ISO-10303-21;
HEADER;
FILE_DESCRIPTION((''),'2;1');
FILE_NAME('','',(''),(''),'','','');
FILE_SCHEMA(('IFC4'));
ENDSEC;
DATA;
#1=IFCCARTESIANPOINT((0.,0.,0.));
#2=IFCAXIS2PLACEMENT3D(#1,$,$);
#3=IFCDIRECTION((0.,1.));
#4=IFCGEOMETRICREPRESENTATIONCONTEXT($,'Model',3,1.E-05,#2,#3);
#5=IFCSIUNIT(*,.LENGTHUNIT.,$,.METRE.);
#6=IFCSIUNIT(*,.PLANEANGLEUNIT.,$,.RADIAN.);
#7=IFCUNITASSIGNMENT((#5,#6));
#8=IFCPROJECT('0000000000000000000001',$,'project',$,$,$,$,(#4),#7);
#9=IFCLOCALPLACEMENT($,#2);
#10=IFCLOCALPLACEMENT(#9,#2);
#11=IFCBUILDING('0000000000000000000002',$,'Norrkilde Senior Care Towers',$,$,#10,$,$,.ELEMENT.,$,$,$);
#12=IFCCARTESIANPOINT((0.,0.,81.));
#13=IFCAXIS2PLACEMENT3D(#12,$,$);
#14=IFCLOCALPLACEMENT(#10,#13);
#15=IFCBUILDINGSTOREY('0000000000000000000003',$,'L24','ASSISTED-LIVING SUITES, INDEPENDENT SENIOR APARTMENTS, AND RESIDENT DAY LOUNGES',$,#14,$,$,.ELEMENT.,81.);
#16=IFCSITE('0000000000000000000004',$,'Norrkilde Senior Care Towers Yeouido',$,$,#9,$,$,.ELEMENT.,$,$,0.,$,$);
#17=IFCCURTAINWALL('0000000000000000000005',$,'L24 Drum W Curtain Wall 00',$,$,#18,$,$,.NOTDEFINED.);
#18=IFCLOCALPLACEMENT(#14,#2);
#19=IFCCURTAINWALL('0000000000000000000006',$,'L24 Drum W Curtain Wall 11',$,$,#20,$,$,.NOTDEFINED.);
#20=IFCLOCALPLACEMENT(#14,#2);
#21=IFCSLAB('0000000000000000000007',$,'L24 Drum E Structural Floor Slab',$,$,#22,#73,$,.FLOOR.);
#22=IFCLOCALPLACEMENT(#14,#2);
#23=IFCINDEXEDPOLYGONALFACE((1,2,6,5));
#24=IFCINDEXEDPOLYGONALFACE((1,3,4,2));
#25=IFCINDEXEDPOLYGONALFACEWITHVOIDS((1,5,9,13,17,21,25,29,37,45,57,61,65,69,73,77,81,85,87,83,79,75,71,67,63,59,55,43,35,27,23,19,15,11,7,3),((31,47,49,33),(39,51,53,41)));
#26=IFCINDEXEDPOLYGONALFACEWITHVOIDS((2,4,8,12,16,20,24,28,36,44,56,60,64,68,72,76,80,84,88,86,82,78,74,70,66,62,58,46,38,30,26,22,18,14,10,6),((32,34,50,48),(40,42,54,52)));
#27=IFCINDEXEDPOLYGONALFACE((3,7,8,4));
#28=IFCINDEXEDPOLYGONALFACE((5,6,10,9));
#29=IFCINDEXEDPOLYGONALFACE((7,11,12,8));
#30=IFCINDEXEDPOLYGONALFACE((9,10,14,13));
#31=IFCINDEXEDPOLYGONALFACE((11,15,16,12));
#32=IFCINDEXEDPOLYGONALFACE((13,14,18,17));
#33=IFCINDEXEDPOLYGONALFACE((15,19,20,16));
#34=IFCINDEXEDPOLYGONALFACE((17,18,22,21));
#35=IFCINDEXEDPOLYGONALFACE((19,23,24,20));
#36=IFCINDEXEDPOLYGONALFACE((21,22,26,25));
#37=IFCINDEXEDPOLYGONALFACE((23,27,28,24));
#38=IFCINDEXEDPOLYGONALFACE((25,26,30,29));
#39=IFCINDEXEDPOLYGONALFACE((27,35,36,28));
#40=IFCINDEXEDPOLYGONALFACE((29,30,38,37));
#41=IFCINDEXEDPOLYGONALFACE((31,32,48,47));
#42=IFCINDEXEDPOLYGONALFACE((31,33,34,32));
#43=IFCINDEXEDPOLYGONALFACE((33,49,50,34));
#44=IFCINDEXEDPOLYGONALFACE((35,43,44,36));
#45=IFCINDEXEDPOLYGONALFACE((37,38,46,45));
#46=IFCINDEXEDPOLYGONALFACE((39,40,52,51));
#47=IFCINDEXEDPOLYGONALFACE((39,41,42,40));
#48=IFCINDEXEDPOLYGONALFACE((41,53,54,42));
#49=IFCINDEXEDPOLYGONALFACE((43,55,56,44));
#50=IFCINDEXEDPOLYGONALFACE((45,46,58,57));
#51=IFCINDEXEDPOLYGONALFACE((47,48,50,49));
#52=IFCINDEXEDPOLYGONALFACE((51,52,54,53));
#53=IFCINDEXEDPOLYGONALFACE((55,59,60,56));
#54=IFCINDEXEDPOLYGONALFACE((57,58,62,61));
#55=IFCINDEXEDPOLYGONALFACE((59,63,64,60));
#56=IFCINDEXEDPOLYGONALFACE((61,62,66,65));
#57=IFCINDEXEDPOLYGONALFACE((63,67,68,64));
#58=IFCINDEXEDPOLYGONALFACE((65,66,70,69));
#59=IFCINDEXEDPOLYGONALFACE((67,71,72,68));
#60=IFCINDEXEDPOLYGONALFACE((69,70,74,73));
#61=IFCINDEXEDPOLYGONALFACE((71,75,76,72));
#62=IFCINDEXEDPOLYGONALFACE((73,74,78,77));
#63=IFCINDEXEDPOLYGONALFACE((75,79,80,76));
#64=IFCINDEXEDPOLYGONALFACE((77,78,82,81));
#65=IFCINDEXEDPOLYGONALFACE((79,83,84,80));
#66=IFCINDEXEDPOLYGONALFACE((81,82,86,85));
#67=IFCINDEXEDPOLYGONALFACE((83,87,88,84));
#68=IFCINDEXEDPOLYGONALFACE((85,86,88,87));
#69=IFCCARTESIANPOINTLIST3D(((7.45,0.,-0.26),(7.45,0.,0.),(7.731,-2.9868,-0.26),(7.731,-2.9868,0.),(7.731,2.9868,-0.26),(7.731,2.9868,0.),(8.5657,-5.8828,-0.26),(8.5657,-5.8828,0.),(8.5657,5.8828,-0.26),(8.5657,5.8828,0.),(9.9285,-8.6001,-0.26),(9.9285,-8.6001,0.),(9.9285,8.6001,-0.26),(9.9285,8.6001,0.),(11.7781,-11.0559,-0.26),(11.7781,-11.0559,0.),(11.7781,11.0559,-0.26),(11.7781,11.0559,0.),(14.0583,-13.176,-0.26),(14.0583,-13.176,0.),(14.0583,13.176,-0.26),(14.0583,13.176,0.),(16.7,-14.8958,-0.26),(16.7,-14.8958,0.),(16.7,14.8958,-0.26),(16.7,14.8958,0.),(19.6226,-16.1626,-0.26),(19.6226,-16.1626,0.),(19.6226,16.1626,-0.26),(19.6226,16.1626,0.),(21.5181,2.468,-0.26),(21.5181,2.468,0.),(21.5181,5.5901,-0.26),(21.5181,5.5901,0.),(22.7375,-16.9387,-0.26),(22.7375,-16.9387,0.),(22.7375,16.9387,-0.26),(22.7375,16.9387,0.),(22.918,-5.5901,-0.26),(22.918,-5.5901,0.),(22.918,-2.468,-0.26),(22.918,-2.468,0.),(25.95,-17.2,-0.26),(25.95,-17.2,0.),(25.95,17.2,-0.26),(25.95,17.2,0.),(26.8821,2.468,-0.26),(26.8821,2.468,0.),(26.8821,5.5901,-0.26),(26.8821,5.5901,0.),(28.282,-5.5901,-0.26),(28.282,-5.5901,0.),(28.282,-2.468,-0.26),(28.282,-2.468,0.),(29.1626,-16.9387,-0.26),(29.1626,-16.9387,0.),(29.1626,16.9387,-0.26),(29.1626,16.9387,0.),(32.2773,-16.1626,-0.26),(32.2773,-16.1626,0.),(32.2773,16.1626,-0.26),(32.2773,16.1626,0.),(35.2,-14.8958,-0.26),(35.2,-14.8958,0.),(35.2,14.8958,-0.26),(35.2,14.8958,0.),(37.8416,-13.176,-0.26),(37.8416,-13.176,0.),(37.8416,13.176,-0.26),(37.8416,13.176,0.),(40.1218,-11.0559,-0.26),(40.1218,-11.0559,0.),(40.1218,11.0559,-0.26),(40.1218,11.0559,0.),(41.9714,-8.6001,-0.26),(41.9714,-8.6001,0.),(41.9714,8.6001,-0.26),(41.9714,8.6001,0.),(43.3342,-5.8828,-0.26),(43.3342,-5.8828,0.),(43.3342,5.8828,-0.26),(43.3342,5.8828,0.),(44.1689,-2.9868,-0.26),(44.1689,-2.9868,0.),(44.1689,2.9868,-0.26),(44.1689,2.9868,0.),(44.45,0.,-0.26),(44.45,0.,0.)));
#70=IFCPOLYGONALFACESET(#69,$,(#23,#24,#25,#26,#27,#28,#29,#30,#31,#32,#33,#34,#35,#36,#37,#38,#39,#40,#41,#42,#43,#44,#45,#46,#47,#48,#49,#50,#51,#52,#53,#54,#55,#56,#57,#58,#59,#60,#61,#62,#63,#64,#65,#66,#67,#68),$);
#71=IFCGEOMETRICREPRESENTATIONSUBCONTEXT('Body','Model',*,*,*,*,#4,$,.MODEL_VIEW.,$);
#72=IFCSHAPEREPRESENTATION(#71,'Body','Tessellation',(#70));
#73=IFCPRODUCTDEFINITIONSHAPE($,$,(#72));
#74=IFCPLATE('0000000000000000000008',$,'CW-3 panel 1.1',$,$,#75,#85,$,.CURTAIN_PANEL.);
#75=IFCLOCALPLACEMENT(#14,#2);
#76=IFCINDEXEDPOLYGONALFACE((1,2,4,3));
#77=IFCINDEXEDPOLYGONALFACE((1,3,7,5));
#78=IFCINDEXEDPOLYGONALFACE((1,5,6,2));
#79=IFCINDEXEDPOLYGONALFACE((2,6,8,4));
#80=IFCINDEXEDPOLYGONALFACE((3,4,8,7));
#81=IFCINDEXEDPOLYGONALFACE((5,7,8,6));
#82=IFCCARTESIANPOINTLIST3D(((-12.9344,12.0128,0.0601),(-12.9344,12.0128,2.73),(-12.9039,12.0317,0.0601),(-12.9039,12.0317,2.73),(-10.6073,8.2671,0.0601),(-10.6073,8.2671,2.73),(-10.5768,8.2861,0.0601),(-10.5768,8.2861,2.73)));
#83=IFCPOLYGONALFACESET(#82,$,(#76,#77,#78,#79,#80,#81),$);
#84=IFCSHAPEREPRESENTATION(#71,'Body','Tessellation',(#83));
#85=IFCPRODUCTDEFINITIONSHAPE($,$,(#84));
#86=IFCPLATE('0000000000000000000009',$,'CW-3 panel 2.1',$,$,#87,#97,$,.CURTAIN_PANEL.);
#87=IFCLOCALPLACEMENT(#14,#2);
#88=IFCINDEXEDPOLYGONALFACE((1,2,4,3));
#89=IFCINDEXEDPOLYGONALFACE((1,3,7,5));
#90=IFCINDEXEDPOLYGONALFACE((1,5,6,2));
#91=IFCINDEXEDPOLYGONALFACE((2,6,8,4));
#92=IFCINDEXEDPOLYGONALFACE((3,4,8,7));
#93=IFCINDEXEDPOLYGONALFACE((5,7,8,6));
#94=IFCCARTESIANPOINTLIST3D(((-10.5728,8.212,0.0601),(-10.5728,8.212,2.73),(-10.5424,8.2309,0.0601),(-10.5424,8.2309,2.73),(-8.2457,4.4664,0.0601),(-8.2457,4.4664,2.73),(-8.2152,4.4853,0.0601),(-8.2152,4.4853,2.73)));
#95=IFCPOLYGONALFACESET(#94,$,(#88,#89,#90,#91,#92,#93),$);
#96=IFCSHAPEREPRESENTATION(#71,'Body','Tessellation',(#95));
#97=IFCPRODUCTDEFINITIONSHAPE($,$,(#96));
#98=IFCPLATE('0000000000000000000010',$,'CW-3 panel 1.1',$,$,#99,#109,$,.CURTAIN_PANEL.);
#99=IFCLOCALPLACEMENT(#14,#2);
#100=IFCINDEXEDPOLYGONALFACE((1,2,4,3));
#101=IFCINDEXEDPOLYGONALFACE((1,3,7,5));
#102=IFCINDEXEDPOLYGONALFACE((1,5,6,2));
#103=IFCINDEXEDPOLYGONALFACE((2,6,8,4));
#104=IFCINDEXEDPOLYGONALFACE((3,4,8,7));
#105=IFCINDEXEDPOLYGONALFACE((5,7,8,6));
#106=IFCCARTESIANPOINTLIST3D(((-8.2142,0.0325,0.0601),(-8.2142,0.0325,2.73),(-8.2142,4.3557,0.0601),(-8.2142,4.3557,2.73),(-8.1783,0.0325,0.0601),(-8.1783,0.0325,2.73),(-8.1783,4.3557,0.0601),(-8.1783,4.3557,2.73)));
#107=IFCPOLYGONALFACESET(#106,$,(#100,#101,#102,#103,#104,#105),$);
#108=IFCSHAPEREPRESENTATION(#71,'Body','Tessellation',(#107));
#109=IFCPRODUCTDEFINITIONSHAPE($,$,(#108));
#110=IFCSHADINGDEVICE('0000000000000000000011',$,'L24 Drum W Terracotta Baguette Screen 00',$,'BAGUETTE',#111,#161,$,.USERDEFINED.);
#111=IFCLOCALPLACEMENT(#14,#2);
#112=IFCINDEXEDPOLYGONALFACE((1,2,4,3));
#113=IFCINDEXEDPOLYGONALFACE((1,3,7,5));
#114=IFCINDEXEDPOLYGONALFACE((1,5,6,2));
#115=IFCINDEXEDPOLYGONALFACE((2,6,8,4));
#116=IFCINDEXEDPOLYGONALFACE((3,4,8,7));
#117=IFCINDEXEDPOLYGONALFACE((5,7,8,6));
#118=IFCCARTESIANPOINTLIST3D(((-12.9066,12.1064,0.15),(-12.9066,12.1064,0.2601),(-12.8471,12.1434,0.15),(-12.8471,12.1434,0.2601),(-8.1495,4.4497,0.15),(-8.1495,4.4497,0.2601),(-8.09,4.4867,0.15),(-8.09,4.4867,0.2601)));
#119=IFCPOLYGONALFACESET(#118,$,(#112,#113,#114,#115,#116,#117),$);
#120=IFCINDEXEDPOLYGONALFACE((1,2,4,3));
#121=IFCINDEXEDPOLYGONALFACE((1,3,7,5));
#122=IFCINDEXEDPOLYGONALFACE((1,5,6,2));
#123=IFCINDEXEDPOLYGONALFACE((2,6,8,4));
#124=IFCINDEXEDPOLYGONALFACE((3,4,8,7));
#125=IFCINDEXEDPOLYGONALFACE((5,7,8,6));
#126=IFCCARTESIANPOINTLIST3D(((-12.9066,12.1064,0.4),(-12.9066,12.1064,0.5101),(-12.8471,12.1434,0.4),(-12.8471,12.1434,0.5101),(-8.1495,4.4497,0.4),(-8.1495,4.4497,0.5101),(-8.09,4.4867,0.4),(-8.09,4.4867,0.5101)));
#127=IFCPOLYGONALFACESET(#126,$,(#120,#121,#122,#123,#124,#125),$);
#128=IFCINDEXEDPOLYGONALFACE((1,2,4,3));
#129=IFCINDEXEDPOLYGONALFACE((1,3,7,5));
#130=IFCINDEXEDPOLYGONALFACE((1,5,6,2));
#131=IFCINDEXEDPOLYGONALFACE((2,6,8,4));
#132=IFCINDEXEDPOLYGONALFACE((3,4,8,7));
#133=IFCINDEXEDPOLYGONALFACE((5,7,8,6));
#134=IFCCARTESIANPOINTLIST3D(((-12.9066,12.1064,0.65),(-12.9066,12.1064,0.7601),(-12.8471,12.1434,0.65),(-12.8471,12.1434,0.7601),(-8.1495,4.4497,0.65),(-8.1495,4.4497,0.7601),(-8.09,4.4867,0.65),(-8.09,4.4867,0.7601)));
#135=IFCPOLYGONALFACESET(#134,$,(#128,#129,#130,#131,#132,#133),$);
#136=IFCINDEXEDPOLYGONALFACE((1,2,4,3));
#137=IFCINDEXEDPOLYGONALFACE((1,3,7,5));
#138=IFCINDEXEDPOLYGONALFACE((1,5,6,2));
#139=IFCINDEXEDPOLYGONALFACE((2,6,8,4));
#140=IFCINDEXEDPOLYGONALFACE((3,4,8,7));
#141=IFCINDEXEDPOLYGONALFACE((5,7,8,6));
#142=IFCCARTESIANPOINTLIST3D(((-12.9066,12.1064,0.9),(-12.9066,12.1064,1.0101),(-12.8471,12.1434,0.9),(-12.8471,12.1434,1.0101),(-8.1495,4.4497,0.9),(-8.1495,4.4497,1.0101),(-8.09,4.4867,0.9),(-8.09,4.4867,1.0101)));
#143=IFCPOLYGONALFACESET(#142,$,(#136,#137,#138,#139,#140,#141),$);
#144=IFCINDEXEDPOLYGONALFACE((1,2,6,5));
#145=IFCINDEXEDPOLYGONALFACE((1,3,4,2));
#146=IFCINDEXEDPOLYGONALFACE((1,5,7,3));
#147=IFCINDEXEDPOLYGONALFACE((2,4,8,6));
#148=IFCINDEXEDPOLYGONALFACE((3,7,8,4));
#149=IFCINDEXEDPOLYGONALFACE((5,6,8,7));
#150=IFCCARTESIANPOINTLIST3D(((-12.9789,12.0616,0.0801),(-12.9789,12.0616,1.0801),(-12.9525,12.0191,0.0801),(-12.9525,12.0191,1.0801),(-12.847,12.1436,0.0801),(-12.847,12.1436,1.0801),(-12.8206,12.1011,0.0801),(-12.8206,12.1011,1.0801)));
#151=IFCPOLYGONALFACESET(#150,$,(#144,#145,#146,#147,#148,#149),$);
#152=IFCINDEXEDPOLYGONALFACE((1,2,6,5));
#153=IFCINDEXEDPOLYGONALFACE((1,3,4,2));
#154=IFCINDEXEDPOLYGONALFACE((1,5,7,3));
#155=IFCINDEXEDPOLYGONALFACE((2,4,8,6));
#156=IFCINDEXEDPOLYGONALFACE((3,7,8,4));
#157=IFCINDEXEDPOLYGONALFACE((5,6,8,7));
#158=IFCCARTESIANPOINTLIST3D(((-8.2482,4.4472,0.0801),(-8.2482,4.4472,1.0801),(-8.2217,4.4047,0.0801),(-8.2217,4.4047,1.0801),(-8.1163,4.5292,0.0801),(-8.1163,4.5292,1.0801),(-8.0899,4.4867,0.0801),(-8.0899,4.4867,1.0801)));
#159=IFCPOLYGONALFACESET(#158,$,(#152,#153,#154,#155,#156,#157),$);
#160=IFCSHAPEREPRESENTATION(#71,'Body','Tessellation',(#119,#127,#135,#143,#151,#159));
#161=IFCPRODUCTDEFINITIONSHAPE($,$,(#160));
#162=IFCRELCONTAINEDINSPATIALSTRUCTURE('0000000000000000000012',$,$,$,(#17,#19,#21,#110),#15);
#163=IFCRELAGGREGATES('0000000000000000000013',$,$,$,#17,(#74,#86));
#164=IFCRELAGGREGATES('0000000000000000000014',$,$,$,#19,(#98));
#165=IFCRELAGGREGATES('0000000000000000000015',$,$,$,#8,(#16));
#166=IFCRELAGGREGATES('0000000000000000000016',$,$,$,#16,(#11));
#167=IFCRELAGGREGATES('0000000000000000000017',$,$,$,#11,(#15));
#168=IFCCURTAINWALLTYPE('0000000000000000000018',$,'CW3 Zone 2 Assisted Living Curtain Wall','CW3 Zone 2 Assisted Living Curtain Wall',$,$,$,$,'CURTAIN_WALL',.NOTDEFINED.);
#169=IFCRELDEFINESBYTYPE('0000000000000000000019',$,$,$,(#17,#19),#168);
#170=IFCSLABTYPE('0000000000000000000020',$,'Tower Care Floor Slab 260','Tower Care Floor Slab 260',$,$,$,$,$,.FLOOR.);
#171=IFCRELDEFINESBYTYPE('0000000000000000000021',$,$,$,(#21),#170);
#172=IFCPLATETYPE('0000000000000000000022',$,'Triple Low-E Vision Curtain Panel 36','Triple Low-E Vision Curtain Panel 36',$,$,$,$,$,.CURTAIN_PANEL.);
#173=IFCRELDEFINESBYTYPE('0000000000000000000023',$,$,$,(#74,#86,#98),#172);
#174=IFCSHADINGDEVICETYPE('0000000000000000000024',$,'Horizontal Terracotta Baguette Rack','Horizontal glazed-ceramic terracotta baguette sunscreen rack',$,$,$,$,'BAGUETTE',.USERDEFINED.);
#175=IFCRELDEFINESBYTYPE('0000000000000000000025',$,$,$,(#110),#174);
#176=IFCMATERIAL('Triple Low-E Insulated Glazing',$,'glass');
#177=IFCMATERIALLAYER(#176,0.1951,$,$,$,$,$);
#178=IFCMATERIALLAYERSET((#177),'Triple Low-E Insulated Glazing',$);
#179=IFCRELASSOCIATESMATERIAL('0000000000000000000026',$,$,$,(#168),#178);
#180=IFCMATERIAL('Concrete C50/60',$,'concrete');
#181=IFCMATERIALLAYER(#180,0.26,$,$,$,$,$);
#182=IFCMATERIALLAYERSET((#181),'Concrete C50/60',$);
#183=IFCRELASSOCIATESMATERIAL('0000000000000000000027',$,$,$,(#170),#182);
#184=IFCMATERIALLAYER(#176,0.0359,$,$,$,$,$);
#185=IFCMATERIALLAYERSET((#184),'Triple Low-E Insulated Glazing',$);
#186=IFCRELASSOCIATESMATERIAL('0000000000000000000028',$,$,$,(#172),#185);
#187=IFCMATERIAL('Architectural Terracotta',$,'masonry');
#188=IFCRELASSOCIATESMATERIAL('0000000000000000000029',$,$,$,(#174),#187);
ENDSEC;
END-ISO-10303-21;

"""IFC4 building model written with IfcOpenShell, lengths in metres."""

from ifc_helpers import new_model, si_unit, direction, frame, origin, origin_2d, place, context, subcontext, project, spatial, polyline, rectangle, outline, extrude, source, transform, mapped, material, layer, layer_set, type_object, type_shapes, element, aggregate, save


model = new_model("IFC4")

# Units and contexts
model_context = context("Model", 3, precision=1e-05, world=origin(), true_north=direction((0.0, 1.0)))
body_context = subcontext(model_context, "Body", "Model", "MODEL_VIEW")
ifc_project = project(units=[si_unit("LENGTHUNIT", "METRE"), si_unit("PLANEANGLEUNIT", "RADIAN")], contexts=[model_context])

# Site, building, storey
site_placement = place(None, origin())
site = spatial("IfcSite", under=ifc_project, at=site_placement, Name="Norrkilde Senior Care Towers Yeouido", CompositionType="ELEMENT", RefElevation=0.0)
building_placement = place(site_placement, origin())
building = spatial("IfcBuilding", under=site, at=building_placement, Name="Norrkilde Senior Care Towers", CompositionType="ELEMENT")
storey_placement = place(building_placement, frame((0.0, 0.0, 81.0)))
storey = spatial("IfcBuildingStorey", under=building, at=storey_placement, Name="L24", Description="ASSISTED-LIVING SUITES, INDEPENDENT SENIOR APARTMENTS, AND RESIDENT DAY LOUNGES", CompositionType="ELEMENT", Elevation=81.0)

# Curtain walls
ifc_material_1 = material(Name="Triple Low-E Insulated Glazing", Category="glass")
ifc_layer_1 = layer(ifc_material_1, 0.1951)
ifc_layer_set_1 = layer_set([ifc_layer_1], Name="Triple Low-E Insulated Glazing")
curtain_wall_type = type_object("IfcCurtainWallType", Name="CW3 Zone 2 Assisted Living Curtain Wall", Description="CW3 Zone 2 Assisted Living Curtain Wall", ElementType="CURTAIN_WALL", PredefinedType="NOTDEFINED", material=ifc_layer_set_1)
curtain_wall_1_placement = place(storey_placement, origin())
curtain_wall_1 = element("IfcCurtainWall", 1, at=curtain_wall_1_placement, inside=storey, type_object=curtain_wall_type, Name="L24 Drum W Curtain Wall 00", PredefinedType="NOTDEFINED")
curtain_wall_2_placement = place(storey_placement, origin())
curtain_wall_2 = element("IfcCurtainWall", 2, at=curtain_wall_2_placement, inside=storey, type_object=curtain_wall_type, Name="L24 Drum W Curtain Wall 11", PredefinedType="NOTDEFINED")

# Shared definitions
ifc_material_2 = material(Name="Concrete C50/60", Category="concrete")

# Slab
ifc_layer_2 = layer(ifc_material_2, 0.26)
ifc_layer_set_2 = layer_set([ifc_layer_2], Name="Concrete C50/60")
slab_type_1 = type_object("IfcSlabType", Name="Tower Care Floor Slab 260", Description="Tower Care Floor Slab 260", PredefinedType="FLOOR", material=ifc_layer_set_2)
slab_1_placement = place(storey_placement, frame((0.0, 0.0, -0.26)))
element("IfcSlab", 3, at=slab_1_placement, inside=storey, type_object=slab_type_1, Name="L24 Drum E Structural Floor Slab", PredefinedType="FLOOR", context=body_context, shape_type="SweptSolid", body=[
    extrude(outline(polyline([(43.3342, -5.8828), (41.9714, -8.6001), (40.1218, -11.0559), (37.8416, -13.176), (35.2, -14.8958), (32.2773, -16.1626), (29.1626, -16.9387), (25.95, -17.2), (22.7375, -16.9387), (19.6226, -16.1626), (16.7, -14.8958), (14.0583, -13.176), (11.7781, -11.0559), (9.9285, -8.6001), (8.5657, -5.8828), (7.731, -2.9868), (7.45, 0.0), (7.731, 2.9868), (8.5657, 5.8828), (9.9285, 8.6001), (11.7781, 11.0559), (14.0583, 13.176), (16.7, 14.8958), (19.6226, 16.1626), (22.7375, 16.9387), (25.95, 17.2), (29.1626, 16.9387), (32.2773, 16.1626), (35.2, 14.8958), (37.8416, 13.176), (40.1218, 11.0559), (41.9714, 8.6001), (43.3342, 5.8828), (44.1689, 2.9868), (44.45, 0.0), (44.1689, -2.9868), (43.3342, -5.8828)]), holes=[polyline([(21.5181, 2.468), (26.8821, 2.468), (26.8821, 5.5901), (21.5181, 5.5901), (21.5181, 2.468)]), polyline([(28.282, -5.5901), (28.282, -2.468), (22.918, -2.468), (22.918, -5.5901), (28.282, -5.5901)])]), origin(), (0.0, 0.0, 1.0), 0.26),
])

# Plates
ifc_layer_3 = layer(ifc_material_1, 0.0359)
ifc_layer_set_3 = layer_set([ifc_layer_3], Name="Triple Low-E Insulated Glazing")
plate_type = type_object("IfcPlateType", Name="Triple Low-E Vision Curtain Panel 36", Description="Triple Low-E Vision Curtain Panel 36", PredefinedType="CURTAIN_PANEL", material=ifc_layer_set_3)
shared_shape_1 = source(origin(), body_context, "Body", "SweptSolid", [
    extrude(rectangle(XDim=4.4097, YDim=0.0359, at=origin_2d()), origin(), (0.0, 0.0, 1.0), 2.6699),
])
plate_1_placement = place(storey_placement, frame((-11.7556, 10.1494, 0.0601), z_axis=(0.0, 0.0, 1.0), x_axis=(0.527733, -0.84941, 0.0)))
plate_1 = element("IfcPlate", 4, at=plate_1_placement, type_object=plate_type, Name="CW-3 panel 1.1", PredefinedType="CURTAIN_PANEL", context=body_context, shape_type="MappedRepresentation", body=[
    mapped(shared_shape_1, transform((0.0, 0.0, 0.0), x_axis=(1.0, 0.0, 0.0), y_axis=(0.0, 1.0, 0.0), z_axis=(0.0, 0.0, 1.0), scale=1.0)),
])
plate_2_placement = place(storey_placement, frame((-9.394, 6.3486, 0.0601), z_axis=(0.0, 0.0, 1.0), x_axis=(0.527733, -0.84941, 0.0)))
plate_2 = element("IfcPlate", 5, at=plate_2_placement, type_object=plate_type, Name="CW-3 panel 2.1", PredefinedType="CURTAIN_PANEL", context=body_context, shape_type="MappedRepresentation", body=[
    mapped(shared_shape_1, transform((0.0, 0.0, 0.0), x_axis=(1.0, 0.0, 0.0), y_axis=(0.0, 1.0, 0.0), z_axis=(0.0, 0.0, 1.0), scale=1.0)),
])
aggregate(curtain_wall_1, [plate_1, plate_2])
shared_shape_2 = source(origin(), body_context, "Body", "SweptSolid", [
    extrude(rectangle(XDim=4.3232, YDim=0.0359, at=origin_2d()), origin(), (0.0, 0.0, 1.0), 2.6699),
])
type_shapes(plate_type, [shared_shape_1, shared_shape_2])
plate_3_placement = place(storey_placement, frame((-8.1963, 2.1941, 0.0601), z_axis=(0.0, 0.0, 1.0), x_axis=(0.0, -1.0, 0.0)))
plate_3 = element("IfcPlate", 6, at=plate_3_placement, type_object=plate_type, Name="CW-3 panel 1.1", PredefinedType="CURTAIN_PANEL", context=body_context, shape_type="MappedRepresentation", body=[
    mapped(shared_shape_2, transform((0.0, 0.0, 0.0), x_axis=(1.0, 0.0, 0.0), y_axis=(0.0, 1.0, 0.0), z_axis=(0.0, 0.0, 1.0), scale=1.0)),
])
aggregate(curtain_wall_2, [plate_3])

# Shading device
ifc_material_3 = material(Name="Architectural Terracotta", Category="masonry")
shading_device_type = type_object("IfcShadingDeviceType", Name="Horizontal Terracotta Baguette Rack", Description="Horizontal glazed-ceramic terracotta baguette sunscreen rack", ElementType="BAGUETTE", PredefinedType="USERDEFINED", material=ifc_material_3)
shared_shape_3 = source(origin(), body_context, "Body", "SweptSolid", [
    extrude(rectangle(XDim=0.0701, YDim=0.1101, at=origin_2d()), frame((0.0, 0.0901, 0.125), z_axis=(1.0, 0.0, 0.0), x_axis=(0.0, 1.0, 0.0)), (0.0, 0.0, 1.0), 9.0142),
    extrude(rectangle(XDim=0.0701, YDim=0.1101, at=origin_2d()), frame((0.0, 0.0901, 0.375), z_axis=(1.0, 0.0, 0.0), x_axis=(0.0, 1.0, 0.0)), (0.0, 0.0, 1.0), 9.0142),
    extrude(rectangle(XDim=0.0701, YDim=0.1101, at=origin_2d()), frame((0.0, 0.0901, 0.625), z_axis=(1.0, 0.0, 0.0), x_axis=(0.0, 1.0, 0.0)), (0.0, 0.0, 1.0), 9.0142),
    extrude(rectangle(XDim=0.0701, YDim=0.1101, at=origin_2d()), frame((0.0, 0.0901, 0.875), z_axis=(1.0, 0.0, 0.0), x_axis=(0.0, 1.0, 0.0)), (0.0, 0.0, 1.0), 9.0142),
    extrude(rectangle(XDim=0.05, YDim=0.1553, at=origin_2d()), frame((0.0249, 0.0476, 0.0)), (0.0, 0.0, 1.0), 1.0),
    extrude(rectangle(XDim=0.05, YDim=0.1553, at=origin_2d()), frame((8.9893, 0.0476, 0.0)), (0.0, 0.0, 1.0), 1.0),
])
type_shapes(shading_device_type, [shared_shape_3])
shading_device_placement = place(storey_placement, frame((-12.9534, 12.0774, 0.0801), z_axis=(0.0, 0.0, 1.0), x_axis=(0.527734, -0.849412, 0.0)))
element("IfcShadingDevice", 7, at=shading_device_placement, inside=storey, type_object=shading_device_type, Name="L24 Drum W Terracotta Baguette Screen 00", ObjectType="BAGUETTE", PredefinedType="USERDEFINED", context=body_context, shape_type="MappedRepresentation", body=[
    mapped(shared_shape_3, transform((0.0, 0.0, 0.0), x_axis=(1.0, 0.0, 0.0), y_axis=(0.0, 1.0, 0.0), z_axis=(0.0, 0.0, 1.0), scale=1.0)),
])

save(model, "model.ifc")
